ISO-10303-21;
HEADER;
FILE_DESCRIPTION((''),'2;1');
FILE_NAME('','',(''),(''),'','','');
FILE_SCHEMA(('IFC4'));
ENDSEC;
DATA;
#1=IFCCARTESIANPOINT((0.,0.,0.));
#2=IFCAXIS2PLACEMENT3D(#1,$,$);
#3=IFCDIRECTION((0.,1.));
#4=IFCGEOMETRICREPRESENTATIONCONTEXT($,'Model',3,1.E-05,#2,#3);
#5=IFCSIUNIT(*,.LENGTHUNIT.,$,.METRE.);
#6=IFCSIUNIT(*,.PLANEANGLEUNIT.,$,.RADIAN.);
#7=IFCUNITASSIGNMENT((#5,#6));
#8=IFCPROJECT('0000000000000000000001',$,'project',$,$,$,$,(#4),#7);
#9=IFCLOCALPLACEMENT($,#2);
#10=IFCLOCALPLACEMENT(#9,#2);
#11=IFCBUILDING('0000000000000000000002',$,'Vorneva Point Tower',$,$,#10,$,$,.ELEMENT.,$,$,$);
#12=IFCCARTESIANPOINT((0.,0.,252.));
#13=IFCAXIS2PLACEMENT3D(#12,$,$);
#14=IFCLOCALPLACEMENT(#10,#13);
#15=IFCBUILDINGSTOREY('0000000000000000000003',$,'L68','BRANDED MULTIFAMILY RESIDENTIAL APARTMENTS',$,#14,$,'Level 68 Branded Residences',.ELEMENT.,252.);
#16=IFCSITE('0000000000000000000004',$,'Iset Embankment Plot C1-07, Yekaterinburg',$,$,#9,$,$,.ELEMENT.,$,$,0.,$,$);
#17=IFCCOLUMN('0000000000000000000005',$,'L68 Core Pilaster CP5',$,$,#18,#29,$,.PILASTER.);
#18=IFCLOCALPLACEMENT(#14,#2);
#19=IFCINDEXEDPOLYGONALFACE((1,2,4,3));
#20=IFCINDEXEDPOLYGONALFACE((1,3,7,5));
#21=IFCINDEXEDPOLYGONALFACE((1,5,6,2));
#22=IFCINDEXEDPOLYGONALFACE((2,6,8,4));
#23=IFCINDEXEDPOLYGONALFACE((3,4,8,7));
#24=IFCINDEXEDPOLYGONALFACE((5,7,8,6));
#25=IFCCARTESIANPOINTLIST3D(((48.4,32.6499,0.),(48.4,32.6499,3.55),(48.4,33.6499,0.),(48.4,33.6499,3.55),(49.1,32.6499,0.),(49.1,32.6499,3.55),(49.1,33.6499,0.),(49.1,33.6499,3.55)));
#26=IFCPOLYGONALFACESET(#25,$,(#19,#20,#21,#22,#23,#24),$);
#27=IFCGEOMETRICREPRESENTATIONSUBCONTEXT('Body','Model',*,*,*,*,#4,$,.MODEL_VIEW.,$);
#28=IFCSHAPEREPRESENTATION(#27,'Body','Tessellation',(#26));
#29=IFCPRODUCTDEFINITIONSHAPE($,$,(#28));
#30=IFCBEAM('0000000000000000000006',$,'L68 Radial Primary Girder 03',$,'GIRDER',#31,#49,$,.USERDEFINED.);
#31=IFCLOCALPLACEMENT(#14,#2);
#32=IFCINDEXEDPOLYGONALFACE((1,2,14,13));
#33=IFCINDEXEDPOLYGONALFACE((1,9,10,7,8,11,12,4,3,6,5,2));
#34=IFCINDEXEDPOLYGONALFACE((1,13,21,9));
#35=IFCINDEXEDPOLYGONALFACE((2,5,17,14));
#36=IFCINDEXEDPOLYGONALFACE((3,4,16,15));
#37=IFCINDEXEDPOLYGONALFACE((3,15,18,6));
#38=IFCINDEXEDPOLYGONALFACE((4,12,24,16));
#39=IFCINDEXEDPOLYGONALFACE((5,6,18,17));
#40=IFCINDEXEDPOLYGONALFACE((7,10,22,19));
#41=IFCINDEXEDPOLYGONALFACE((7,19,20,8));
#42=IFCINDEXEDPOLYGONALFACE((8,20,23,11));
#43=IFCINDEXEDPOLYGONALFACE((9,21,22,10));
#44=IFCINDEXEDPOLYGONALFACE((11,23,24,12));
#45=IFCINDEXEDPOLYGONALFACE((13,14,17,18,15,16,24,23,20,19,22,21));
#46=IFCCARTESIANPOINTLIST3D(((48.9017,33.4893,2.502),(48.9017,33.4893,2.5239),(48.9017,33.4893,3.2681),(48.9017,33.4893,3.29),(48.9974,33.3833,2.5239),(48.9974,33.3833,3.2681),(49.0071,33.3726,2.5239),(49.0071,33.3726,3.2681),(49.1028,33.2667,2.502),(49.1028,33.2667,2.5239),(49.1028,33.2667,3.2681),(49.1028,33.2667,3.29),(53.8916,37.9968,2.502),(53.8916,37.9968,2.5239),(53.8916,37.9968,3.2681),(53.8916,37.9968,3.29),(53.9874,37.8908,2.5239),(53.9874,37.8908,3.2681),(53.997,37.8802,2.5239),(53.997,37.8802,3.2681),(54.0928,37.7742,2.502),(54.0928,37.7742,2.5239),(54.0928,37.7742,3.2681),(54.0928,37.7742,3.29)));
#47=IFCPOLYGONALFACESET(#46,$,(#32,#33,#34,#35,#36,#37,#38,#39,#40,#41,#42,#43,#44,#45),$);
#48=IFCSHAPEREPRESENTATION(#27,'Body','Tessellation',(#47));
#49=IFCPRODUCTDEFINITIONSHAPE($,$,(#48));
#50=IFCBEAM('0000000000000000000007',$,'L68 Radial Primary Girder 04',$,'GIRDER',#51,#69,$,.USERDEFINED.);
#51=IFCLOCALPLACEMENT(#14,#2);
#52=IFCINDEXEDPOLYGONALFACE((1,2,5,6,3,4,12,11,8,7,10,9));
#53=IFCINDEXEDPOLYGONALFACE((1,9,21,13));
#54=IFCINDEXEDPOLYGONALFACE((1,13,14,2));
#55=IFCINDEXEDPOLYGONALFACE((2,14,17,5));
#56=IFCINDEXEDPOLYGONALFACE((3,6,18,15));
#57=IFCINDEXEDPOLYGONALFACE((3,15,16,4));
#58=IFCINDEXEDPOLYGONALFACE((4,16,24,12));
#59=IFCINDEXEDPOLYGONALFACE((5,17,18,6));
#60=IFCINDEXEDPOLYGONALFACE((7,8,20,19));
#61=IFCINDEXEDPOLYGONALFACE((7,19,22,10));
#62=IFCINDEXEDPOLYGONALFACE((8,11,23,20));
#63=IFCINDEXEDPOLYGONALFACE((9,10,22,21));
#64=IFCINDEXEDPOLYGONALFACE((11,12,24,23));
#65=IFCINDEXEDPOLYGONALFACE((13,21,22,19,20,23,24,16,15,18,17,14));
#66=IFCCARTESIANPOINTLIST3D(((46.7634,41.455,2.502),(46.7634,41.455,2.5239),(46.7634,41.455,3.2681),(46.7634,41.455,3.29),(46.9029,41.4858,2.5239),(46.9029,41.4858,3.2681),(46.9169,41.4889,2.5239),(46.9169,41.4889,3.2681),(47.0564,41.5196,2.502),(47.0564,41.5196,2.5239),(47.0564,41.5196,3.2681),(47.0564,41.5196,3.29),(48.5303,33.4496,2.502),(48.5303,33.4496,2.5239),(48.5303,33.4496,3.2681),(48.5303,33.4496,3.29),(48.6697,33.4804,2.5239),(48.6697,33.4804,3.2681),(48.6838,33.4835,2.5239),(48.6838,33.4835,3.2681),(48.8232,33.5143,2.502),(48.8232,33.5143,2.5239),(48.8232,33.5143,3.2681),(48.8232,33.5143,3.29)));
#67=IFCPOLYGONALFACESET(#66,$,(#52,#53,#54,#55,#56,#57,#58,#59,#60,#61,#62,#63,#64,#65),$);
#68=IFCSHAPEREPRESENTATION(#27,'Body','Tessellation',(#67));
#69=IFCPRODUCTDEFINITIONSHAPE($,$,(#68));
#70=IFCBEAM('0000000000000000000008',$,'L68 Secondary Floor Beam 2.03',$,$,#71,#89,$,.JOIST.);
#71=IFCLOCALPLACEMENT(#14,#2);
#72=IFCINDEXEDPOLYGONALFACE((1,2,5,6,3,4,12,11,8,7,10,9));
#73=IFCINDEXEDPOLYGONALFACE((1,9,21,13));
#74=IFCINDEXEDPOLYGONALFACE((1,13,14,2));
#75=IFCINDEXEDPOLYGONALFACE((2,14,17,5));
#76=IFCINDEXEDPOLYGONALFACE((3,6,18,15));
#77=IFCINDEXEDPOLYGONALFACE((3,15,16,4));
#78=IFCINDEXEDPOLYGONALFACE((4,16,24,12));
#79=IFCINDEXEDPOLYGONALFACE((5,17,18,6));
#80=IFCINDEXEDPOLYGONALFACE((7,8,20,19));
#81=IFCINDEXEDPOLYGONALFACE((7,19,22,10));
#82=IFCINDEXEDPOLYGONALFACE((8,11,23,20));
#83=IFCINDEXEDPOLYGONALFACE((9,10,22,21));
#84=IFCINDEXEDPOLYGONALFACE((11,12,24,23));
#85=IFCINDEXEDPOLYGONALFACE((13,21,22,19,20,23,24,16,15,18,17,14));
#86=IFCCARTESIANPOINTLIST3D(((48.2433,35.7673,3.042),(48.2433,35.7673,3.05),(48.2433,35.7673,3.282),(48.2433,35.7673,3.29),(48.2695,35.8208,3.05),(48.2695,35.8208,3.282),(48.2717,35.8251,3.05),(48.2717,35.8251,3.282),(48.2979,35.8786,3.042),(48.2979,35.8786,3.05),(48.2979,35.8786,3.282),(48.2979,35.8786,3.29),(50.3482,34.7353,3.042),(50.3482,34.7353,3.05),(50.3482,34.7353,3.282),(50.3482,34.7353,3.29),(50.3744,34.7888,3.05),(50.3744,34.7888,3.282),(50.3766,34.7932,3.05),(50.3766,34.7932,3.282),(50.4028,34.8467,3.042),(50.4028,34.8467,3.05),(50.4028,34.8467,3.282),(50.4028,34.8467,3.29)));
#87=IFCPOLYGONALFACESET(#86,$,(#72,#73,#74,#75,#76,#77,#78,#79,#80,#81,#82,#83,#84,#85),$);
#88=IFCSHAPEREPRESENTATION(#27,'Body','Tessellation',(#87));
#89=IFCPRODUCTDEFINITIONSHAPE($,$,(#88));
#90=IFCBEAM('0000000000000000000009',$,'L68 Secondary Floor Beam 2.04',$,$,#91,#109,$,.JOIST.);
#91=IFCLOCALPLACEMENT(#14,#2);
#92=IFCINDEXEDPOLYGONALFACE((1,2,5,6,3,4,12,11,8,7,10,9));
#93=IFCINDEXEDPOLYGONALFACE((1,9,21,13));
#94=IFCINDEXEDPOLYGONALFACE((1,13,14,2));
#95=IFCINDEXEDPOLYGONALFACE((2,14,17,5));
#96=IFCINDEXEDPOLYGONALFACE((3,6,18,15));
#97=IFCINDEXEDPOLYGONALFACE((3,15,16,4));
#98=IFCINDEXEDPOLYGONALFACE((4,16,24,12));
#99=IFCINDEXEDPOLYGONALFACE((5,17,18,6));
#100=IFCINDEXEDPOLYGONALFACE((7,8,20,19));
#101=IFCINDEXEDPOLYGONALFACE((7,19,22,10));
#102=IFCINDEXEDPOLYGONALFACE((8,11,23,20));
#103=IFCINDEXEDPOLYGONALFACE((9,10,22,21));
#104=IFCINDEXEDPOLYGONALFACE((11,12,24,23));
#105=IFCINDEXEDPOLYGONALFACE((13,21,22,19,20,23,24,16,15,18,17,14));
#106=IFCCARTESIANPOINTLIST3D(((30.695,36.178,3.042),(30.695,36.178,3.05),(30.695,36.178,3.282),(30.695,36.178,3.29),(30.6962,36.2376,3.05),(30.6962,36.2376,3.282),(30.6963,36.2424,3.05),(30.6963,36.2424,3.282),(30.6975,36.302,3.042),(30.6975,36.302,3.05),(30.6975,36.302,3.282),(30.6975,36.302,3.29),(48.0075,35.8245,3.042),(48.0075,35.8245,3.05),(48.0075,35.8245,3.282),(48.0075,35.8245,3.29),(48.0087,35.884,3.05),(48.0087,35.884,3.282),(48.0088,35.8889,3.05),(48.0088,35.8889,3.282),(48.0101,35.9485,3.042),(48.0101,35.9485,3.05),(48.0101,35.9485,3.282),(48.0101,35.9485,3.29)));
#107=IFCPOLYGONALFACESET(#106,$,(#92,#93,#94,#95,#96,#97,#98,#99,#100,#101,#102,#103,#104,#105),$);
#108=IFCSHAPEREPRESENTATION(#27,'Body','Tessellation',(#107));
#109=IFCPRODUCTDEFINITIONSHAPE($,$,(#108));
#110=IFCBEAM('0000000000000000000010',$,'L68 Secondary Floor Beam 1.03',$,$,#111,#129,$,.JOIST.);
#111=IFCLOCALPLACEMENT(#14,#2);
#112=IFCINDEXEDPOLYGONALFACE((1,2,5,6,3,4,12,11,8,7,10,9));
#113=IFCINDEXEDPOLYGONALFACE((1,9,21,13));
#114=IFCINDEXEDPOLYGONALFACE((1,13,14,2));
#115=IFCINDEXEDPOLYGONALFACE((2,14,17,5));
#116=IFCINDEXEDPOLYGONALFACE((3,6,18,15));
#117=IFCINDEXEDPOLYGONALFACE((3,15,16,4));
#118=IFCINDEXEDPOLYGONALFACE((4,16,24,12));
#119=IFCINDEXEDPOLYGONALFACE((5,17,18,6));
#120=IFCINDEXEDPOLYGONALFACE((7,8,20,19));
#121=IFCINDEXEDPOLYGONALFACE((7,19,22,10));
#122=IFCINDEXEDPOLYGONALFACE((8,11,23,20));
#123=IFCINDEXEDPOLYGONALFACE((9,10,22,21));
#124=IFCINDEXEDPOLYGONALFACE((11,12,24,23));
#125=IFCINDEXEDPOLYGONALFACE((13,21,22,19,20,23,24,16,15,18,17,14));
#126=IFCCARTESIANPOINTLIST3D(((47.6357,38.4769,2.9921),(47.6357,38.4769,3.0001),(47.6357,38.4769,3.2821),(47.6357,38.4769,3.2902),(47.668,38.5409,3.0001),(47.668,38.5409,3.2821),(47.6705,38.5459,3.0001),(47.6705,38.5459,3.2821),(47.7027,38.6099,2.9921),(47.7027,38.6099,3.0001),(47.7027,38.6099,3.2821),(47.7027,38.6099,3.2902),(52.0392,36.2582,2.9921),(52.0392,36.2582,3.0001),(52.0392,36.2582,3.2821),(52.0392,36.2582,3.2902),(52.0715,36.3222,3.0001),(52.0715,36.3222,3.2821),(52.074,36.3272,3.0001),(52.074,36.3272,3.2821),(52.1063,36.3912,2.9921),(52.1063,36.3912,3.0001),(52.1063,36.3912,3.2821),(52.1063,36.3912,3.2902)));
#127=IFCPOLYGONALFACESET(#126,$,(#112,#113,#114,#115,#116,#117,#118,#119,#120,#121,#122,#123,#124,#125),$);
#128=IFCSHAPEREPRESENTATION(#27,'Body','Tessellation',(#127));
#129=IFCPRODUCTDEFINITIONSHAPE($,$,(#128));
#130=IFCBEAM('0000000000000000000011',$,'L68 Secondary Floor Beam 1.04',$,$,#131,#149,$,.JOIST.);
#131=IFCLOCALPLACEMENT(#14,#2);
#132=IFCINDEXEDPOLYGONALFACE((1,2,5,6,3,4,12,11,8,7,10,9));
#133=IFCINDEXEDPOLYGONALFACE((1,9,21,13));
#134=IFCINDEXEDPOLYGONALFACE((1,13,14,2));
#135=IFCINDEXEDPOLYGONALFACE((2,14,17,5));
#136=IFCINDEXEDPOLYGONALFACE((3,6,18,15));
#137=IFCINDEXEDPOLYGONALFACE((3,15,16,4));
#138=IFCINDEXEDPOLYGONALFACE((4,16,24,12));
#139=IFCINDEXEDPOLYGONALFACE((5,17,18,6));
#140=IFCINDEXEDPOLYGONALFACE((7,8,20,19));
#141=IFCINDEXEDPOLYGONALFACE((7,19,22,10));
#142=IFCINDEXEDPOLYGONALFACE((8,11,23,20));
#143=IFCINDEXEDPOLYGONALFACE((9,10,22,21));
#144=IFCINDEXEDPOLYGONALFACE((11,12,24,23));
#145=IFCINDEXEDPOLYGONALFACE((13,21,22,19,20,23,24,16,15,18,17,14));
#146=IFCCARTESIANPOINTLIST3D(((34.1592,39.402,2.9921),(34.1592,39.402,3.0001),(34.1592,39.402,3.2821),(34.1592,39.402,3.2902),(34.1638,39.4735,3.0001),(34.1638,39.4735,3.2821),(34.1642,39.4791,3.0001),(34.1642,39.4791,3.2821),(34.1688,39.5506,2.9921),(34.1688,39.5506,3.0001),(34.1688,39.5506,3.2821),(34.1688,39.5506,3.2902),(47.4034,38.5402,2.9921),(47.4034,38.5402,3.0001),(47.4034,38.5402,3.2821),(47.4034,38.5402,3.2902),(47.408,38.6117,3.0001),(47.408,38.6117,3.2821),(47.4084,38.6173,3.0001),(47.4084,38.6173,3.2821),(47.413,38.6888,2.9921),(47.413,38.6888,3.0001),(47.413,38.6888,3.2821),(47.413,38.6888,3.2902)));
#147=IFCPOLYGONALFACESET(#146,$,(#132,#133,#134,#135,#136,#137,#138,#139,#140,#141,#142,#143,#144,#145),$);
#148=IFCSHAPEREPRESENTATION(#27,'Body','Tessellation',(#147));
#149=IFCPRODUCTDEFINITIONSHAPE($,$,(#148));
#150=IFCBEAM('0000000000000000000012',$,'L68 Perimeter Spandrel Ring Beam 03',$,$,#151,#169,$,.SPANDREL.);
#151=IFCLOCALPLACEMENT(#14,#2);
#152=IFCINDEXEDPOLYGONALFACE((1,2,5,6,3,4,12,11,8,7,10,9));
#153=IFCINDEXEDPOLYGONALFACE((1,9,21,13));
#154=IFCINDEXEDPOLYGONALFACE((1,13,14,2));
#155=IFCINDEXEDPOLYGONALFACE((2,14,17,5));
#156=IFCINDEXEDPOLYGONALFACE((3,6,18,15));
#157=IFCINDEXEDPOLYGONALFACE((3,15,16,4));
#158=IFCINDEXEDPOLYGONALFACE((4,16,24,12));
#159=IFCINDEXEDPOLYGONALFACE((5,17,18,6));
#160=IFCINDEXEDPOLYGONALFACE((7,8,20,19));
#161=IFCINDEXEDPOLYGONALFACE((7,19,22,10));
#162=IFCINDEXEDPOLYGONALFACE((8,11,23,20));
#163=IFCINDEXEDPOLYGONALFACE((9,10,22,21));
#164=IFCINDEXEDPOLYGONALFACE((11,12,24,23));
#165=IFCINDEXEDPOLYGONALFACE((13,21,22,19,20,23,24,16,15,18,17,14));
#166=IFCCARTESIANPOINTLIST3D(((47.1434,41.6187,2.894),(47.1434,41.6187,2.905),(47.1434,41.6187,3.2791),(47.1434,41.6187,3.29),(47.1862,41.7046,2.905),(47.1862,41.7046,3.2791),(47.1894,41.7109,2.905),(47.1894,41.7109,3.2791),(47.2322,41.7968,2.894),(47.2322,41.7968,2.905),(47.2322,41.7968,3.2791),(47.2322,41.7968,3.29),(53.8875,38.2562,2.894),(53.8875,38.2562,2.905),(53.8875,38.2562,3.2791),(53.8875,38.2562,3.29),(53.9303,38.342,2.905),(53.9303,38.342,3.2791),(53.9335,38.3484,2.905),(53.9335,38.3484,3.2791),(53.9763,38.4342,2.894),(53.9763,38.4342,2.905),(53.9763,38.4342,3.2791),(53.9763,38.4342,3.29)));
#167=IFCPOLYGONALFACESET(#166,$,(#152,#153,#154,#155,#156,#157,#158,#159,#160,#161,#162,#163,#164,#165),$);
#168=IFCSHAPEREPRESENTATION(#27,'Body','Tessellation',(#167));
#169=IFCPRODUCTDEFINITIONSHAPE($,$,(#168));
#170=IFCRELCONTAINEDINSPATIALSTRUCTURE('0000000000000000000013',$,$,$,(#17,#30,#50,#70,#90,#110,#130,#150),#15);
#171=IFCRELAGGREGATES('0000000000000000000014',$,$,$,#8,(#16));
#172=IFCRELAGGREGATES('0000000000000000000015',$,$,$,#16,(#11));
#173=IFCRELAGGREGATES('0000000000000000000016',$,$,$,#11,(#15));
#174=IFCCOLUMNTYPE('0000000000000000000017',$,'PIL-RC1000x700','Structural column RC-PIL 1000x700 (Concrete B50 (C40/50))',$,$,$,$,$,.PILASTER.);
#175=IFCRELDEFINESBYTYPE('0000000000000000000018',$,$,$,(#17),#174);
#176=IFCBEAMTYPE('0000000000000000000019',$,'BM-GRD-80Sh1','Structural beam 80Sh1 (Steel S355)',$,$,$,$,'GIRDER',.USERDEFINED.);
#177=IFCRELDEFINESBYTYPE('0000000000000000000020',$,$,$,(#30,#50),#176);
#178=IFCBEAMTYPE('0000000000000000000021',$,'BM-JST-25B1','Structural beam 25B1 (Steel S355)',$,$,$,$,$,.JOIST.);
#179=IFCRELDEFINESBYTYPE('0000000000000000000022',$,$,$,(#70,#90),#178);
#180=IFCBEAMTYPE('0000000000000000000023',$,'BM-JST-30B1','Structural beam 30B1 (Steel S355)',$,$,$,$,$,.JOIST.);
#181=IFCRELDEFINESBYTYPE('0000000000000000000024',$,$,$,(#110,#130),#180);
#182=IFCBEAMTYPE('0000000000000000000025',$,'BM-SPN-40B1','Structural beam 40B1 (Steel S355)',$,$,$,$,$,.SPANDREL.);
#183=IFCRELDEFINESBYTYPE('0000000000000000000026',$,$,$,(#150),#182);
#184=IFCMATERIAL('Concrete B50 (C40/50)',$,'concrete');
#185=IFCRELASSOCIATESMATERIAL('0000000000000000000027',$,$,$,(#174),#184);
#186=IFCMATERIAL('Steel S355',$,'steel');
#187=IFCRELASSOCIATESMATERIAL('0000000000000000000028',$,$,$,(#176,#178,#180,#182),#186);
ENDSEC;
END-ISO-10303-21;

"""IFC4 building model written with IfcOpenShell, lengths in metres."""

from ifc_helpers import new_model, si_unit, direction, frame, origin, origin_2d, place, context, subcontext, project, spatial, rectangle, i_section, extrude, material, material_profile, profile_set, type_object, element, save


model = new_model("IFC4")

# Units and contexts
model_context = context("Model", 3, precision=1e-05, world=origin(), true_north=direction((0.0, 1.0)))
body_context = subcontext(model_context, "Body", "Model", "MODEL_VIEW")
ifc_project = project(units=[si_unit("LENGTHUNIT", "METRE"), si_unit("PLANEANGLEUNIT", "RADIAN")], contexts=[model_context])

# Site, building, storey
site_placement = place(None, origin())
site = spatial("IfcSite", under=ifc_project, at=site_placement, Name="Iset Embankment Plot C1-07, Yekaterinburg", CompositionType="ELEMENT", RefElevation=0.0)
building_placement = place(site_placement, origin())
building = spatial("IfcBuilding", under=site, at=building_placement, Name="Vorneva Point Tower", CompositionType="ELEMENT")
storey_placement = place(building_placement, frame((0.0, 0.0, 252.0)))
storey = spatial("IfcBuildingStorey", under=building, at=storey_placement, Name="L68", Description="BRANDED MULTIFAMILY RESIDENTIAL APARTMENTS", LongName="Level 68 Branded Residences", CompositionType="ELEMENT", Elevation=252.0)

# Column
ifc_material_1 = material(Name="Concrete B50 (C40/50)", Category="concrete")
ifc_material_profile_1 = material_profile(ifc_material_1, rectangle(XDim=0.7, YDim=1.0, at=origin_2d()), Name="RC-PIL 1000x700")
ifc_profile_set_1 = profile_set([ifc_material_profile_1], Name="Concrete B50 (C40/50)")
column_type_1 = type_object("IfcColumnType", Name="PIL-RC1000x700", Description="Structural column RC-PIL 1000x700 (Concrete B50 (C40/50))", PredefinedType="PILASTER", material=ifc_profile_set_1)
column_1_placement = place(storey_placement, frame((48.75, 33.1499, 0.0), z_axis=(0.0, 0.0, 1.0), x_axis=(1.0, 0.0, 0.0)))
element("IfcColumn", 1, at=column_1_placement, inside=storey, type_object=column_type_1, Name="L68 Core Pilaster CP5", PredefinedType="PILASTER", context=body_context, shape_type="SweptSolid", body=[
    extrude(rectangle(XDim=0.7, YDim=1.0, at=origin_2d()), origin(), (0.0, 0.0, 1.0), 3.55),
])

# Beams
ifc_material_2 = material(Name="Steel S355", Category="steel")
ifc_material_profile_2 = material_profile(ifc_material_2, i_section(OverallWidth=0.3, OverallDepth=0.7881, WebThickness=0.0144, FlangeThickness=0.022, at=origin_2d()), Name="80Sh1")
ifc_profile_set_2 = profile_set([ifc_material_profile_2], Name="Steel S355")
beam_type_1 = type_object("IfcBeamType", Name="BM-GRD-80Sh1", Description="Structural beam 80Sh1 (Steel S355)", ElementType="GIRDER", PredefinedType="USERDEFINED", material=ifc_profile_set_2)
beam_1_placement = place(storey_placement, frame((53.9922, 37.8855, 2.896), z_axis=(-0.742067, -0.670326, 0.0), x_axis=(0.670326, -0.742067, 0.0)))
element("IfcBeam", 2, at=beam_1_placement, inside=storey, type_object=beam_type_1, Name="L68 Radial Primary Girder 03", ObjectType="GIRDER", PredefinedType="USERDEFINED", context=body_context, shape_type="SweptSolid", body=[
    extrude(i_section(OverallWidth=0.3, OverallDepth=0.7881, WebThickness=0.0144, FlangeThickness=0.022, at=origin_2d()), origin(), (0.0, 0.0, 1.0), 6.7244),
])
beam_2_placement = place(storey_placement, frame((46.9099, 41.4873, 2.896), z_axis=(0.215521, -0.976499, 0.0), x_axis=(0.976499, 0.215521, 0.0)))
element("IfcBeam", 3, at=beam_2_placement, inside=storey, type_object=beam_type_1, Name="L68 Radial Primary Girder 04", ObjectType="GIRDER", PredefinedType="USERDEFINED", context=body_context, shape_type="SweptSolid", body=[
    extrude(i_section(OverallWidth=0.3, OverallDepth=0.7881, WebThickness=0.0144, FlangeThickness=0.022, at=origin_2d()), origin(), (0.0, 0.0, 1.0), 8.198),
])
ifc_material_profile_3 = material_profile(ifc_material_2, i_section(OverallWidth=0.124, OverallDepth=0.248, WebThickness=0.0049, FlangeThickness=0.0081, at=origin_2d()), Name="25B1")
ifc_profile_set_3 = profile_set([ifc_material_profile_3], Name="Steel S355")
beam_type_2 = type_object("IfcBeamType", Name="BM-JST-25B1", Description="Structural beam 25B1 (Steel S355)", PredefinedType="JOIST", material=ifc_profile_set_3)
beam_3_placement = place(storey_placement, frame((50.3755, 34.791, 3.166), z_axis=(-0.897899, 0.440202, 0.0), x_axis=(-0.440202, -0.897899, 0.0)))
element("IfcBeam", 4, at=beam_3_placement, inside=storey, type_object=beam_type_2, Name="L68 Secondary Floor Beam 2.03", PredefinedType="JOIST", context=body_context, shape_type="SweptSolid", body=[
    extrude(i_section(OverallWidth=0.124, OverallDepth=0.248, WebThickness=0.0049, FlangeThickness=0.0081, at=origin_2d()), origin(), (0.0, 0.0, 1.0), 2.3442),
])
beam_4_placement = place(storey_placement, frame((48.0088, 35.8865, 3.166), z_axis=(-0.999792, 0.020415, 0.0), x_axis=(-0.020415, -0.999792, 0.0)))
element("IfcBeam", 5, at=beam_4_placement, inside=storey, type_object=beam_type_2, Name="L68 Secondary Floor Beam 2.04", PredefinedType="JOIST", context=body_context, shape_type="SweptSolid", body=[
    extrude(i_section(OverallWidth=0.124, OverallDepth=0.248, WebThickness=0.0049, FlangeThickness=0.0081, at=origin_2d()), origin(), (0.0, 0.0, 1.0), 17.3162),
])
ifc_material_profile_4 = material_profile(ifc_material_2, i_section(OverallWidth=0.1489, OverallDepth=0.2981, WebThickness=0.0056, FlangeThickness=0.0081, at=origin_2d()), Name="30B1")
ifc_profile_set_4 = profile_set([ifc_material_profile_4], Name="Steel S355")
beam_type_3 = type_object("IfcBeamType", Name="BM-JST-30B1", Description="Structural beam 30B1 (Steel S355)", PredefinedType="JOIST", material=ifc_profile_set_4)
beam_5_placement = place(storey_placement, frame((52.0728, 36.3247, 3.1411), z_axis=(-0.893047, 0.449964, 0.0), x_axis=(-0.449964, -0.893047, 0.0)))
element("IfcBeam", 6, at=beam_5_placement, inside=storey, type_object=beam_type_3, Name="L68 Secondary Floor Beam 1.03", PredefinedType="JOIST", context=body_context, shape_type="SweptSolid", body=[
    extrude(i_section(OverallWidth=0.1489, OverallDepth=0.2981, WebThickness=0.0056, FlangeThickness=0.0081, at=origin_2d()), origin(), (0.0, 0.0, 1.0), 4.9309),
])
beam_6_placement = place(storey_placement, frame((47.4082, 38.6145, 3.1411), z_axis=(-0.99789, 0.064934, 0.0), x_axis=(-0.064934, -0.99789, 0.0)))
element("IfcBeam", 7, at=beam_6_placement, inside=storey, type_object=beam_type_3, Name="L68 Secondary Floor Beam 1.04", PredefinedType="JOIST", context=body_context, shape_type="SweptSolid", body=[
    extrude(i_section(OverallWidth=0.1489, OverallDepth=0.2981, WebThickness=0.0056, FlangeThickness=0.0081, at=origin_2d()), origin(), (0.0, 0.0, 1.0), 13.2722),
])
ifc_material_profile_5 = material_profile(ifc_material_2, i_section(OverallWidth=0.199, OverallDepth=0.396, WebThickness=0.0071, FlangeThickness=0.011, at=origin_2d()), Name="40B1")
ifc_profile_set_5 = profile_set([ifc_material_profile_5], Name="Steel S355")
beam_type_4 = type_object("IfcBeamType", Name="BM-SPN-40B1", Description="Structural beam 40B1 (Steel S355)", PredefinedType="SPANDREL", material=ifc_profile_set_5)
beam_7_placement = place(storey_placement, frame((53.9319, 38.3452, 3.092), z_axis=(-0.894932, 0.446203, 0.0), x_axis=(-0.446203, -0.894932, 0.0)))
element("IfcBeam", 8, at=beam_7_placement, inside=storey, type_object=beam_type_4, Name="L68 Perimeter Spandrel Ring Beam 03", PredefinedType="SPANDREL", context=body_context, shape_type="SweptSolid", body=[
    extrude(i_section(OverallWidth=0.199, OverallDepth=0.396, WebThickness=0.0071, FlangeThickness=0.011, at=origin_2d()), origin(), (0.0, 0.0, 1.0), 7.5359),
])

save(model, "model.ifc")
